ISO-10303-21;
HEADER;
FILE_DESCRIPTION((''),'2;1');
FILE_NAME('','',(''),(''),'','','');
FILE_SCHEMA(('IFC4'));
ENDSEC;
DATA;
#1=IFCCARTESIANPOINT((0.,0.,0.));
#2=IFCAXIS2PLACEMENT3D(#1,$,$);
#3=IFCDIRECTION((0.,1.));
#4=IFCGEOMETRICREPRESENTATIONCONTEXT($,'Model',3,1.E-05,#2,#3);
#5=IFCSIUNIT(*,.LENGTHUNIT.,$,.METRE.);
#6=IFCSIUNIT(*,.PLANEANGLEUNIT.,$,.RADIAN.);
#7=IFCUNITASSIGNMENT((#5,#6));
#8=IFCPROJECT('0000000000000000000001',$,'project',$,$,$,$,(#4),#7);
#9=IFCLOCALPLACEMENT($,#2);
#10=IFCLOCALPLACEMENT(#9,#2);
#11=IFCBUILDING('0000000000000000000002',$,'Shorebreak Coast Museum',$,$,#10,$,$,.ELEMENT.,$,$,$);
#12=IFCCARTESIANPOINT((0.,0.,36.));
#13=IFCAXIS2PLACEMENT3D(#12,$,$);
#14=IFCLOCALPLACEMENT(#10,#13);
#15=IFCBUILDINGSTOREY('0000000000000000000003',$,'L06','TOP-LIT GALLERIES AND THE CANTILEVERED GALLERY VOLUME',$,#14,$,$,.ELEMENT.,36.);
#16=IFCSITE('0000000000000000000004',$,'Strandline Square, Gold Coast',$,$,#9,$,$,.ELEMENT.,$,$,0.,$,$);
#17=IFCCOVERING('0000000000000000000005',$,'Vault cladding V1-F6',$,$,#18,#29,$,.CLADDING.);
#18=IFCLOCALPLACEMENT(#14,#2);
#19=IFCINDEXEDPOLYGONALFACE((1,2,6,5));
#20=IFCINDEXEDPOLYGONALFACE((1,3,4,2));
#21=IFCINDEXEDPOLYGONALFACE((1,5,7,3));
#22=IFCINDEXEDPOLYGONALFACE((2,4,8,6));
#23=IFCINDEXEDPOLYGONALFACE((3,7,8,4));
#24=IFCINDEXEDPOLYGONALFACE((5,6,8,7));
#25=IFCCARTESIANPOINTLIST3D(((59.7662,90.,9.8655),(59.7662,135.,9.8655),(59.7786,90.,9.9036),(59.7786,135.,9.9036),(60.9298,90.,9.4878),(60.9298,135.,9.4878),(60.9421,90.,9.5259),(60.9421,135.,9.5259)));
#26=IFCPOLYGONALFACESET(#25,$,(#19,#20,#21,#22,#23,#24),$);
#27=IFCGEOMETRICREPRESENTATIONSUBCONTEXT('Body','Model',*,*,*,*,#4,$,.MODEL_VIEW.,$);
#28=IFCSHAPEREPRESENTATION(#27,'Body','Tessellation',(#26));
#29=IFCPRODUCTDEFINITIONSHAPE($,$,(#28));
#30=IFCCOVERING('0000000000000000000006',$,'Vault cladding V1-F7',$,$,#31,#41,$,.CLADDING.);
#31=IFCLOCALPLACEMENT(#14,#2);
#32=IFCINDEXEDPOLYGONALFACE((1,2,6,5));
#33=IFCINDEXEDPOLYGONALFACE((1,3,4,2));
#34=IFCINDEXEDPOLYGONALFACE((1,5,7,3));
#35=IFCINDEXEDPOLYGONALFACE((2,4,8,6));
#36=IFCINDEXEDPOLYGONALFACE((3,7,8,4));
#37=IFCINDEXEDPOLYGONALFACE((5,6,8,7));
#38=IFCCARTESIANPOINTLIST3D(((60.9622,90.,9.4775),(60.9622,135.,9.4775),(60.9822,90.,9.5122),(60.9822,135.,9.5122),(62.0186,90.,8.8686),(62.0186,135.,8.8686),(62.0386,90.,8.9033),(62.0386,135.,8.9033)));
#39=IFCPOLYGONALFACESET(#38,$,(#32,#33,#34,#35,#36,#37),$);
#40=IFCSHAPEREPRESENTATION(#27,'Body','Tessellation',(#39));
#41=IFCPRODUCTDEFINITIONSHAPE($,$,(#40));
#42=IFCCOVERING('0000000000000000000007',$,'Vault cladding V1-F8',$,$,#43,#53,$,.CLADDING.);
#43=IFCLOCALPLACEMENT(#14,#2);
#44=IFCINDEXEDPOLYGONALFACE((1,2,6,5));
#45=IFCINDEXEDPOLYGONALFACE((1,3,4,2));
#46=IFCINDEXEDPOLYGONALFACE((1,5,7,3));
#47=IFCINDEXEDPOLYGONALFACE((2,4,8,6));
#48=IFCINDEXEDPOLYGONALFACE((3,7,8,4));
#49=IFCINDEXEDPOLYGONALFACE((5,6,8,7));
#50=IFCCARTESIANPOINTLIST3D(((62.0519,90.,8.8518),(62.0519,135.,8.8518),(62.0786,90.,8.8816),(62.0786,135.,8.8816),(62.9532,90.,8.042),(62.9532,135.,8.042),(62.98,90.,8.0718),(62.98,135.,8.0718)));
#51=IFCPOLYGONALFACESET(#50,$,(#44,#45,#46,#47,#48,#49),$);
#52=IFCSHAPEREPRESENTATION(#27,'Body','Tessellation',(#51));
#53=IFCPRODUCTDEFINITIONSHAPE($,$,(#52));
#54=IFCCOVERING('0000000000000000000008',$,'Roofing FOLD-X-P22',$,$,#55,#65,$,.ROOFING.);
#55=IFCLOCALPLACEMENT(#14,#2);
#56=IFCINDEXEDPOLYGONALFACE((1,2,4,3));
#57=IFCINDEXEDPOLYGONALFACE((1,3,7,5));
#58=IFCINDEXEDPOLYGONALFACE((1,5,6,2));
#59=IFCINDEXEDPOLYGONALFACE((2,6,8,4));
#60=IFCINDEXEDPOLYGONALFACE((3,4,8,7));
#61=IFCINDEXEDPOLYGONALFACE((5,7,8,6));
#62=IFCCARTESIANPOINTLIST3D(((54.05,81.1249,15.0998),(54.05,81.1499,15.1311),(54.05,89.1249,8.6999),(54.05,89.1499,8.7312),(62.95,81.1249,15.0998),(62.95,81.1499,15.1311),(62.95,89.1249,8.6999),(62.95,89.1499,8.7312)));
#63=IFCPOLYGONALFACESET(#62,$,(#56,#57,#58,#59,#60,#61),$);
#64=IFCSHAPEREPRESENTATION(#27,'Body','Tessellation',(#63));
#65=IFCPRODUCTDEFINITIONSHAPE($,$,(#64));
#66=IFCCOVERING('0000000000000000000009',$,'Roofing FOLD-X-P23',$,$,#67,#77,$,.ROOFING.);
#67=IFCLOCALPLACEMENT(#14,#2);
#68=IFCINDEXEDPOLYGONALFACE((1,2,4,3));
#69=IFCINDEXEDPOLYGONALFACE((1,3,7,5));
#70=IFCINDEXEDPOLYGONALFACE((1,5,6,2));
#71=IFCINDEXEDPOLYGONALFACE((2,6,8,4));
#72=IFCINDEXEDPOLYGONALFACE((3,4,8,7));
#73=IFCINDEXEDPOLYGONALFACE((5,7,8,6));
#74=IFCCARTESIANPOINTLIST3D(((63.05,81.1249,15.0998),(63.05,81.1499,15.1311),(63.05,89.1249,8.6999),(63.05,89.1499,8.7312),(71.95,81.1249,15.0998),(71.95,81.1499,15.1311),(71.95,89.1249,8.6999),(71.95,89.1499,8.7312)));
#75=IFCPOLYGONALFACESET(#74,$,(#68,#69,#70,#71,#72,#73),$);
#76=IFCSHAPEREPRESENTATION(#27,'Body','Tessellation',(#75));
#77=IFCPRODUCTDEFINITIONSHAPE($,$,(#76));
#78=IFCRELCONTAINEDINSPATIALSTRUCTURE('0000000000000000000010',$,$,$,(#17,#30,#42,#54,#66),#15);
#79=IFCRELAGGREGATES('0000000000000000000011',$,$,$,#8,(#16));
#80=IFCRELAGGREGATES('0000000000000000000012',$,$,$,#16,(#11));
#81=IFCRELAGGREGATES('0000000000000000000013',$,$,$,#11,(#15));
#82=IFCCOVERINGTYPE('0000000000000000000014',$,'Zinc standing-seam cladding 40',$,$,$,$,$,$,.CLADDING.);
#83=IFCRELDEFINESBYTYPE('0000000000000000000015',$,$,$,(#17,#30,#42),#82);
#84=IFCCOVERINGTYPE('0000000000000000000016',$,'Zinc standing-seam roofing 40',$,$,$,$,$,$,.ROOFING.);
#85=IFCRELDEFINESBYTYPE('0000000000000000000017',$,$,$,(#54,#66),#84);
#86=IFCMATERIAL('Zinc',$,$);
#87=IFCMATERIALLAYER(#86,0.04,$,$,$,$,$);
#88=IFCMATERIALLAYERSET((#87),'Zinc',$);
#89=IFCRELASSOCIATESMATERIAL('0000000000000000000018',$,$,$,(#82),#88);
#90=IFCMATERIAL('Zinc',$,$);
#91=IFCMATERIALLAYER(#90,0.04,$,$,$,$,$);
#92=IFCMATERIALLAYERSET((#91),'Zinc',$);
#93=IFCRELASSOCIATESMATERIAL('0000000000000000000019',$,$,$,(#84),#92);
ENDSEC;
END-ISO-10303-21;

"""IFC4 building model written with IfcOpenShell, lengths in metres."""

from ifc_helpers import new_model, si_unit, direction, frame, origin, place, context, subcontext, project, spatial, polyline, outline, extrude, material, layer, layer_set, type_object, element, save


model = new_model("IFC4")

# Units and contexts
model_context = context("Model", 3, precision=1e-05, world=origin(), true_north=direction((0.0, 1.0)))
body_context = subcontext(model_context, "Body", "Model", "MODEL_VIEW")
ifc_project = project(units=[si_unit("LENGTHUNIT", "METRE"), si_unit("PLANEANGLEUNIT", "RADIAN")], contexts=[model_context])

# Site, building, storey
site_placement = place(None, origin())
site = spatial("IfcSite", under=ifc_project, at=site_placement, Name="Strandline Square, Gold Coast", CompositionType="ELEMENT", RefElevation=0.0)
building_placement = place(site_placement, origin())
building = spatial("IfcBuilding", under=site, at=building_placement, Name="Shorebreak Coast Museum", CompositionType="ELEMENT")
storey_placement = place(building_placement, frame((0.0, 0.0, 36.0)))
storey = spatial("IfcBuildingStorey", under=building, at=storey_placement, Name="L06", Description="TOP-LIT GALLERIES AND THE CANTILEVERED GALLERY VOLUME", CompositionType="ELEMENT", Elevation=36.0)

# Coverings
ifc_material_1 = material(Name="Zinc")
ifc_layer_1 = layer(ifc_material_1, 0.04)
ifc_layer_set_1 = layer_set([ifc_layer_1], Name="Zinc")
covering_type_1 = type_object("IfcCoveringType", Name="Zinc standing-seam cladding 40", PredefinedType="CLADDING", material=ifc_layer_set_1)
covering_1_placement = place(storey_placement, frame((59.7786, 90.0, 9.9036), z_axis=(0.308734, 0.0, 0.951148), x_axis=(0.951148, 0.0, -0.308734)))
element("IfcCovering", 1, at=covering_1_placement, inside=storey, type_object=covering_type_1, Name="Vault cladding V1-F6", PredefinedType="CLADDING", context=body_context, shape_type="SweptSolid", body=[
    extrude(outline(polyline([(0.0, 0.0), (1.2233, 0.0), (1.2233, 45.0), (0.0, 45.0), (0.0, 0.0)])), origin(), (0.0, 0.0, -1.0), 0.04),
])
covering_2_placement = place(storey_placement, frame((60.9822, 90.0, 9.5122), z_axis=(0.49937, 0.0, 0.866389), x_axis=(0.866389, 0.0, -0.49937)))
element("IfcCovering", 2, at=covering_2_placement, inside=storey, type_object=covering_type_1, Name="Vault cladding V1-F7", PredefinedType="CLADDING", context=body_context, shape_type="SweptSolid", body=[
    extrude(outline(polyline([(0.0, 0.0), (1.2193, 0.0), (1.2193, 45.0), (0.0, 45.0), (0.0, 0.0)])), origin(), (0.0, 0.0, -1.0), 0.04),
])
covering_3_placement = place(storey_placement, frame((62.0786, 90.0, 8.8816), z_axis=(0.668319, 0.0, 0.743875), x_axis=(0.743875, 0.0, -0.668319)))
element("IfcCovering", 3, at=covering_3_placement, inside=storey, type_object=covering_type_1, Name="Vault cladding V1-F8", PredefinedType="CLADDING", context=body_context, shape_type="SweptSolid", body=[
    extrude(outline(polyline([(0.0, 0.0), (1.2117, 0.0), (1.2117, 45.0), (0.0, 45.0), (0.0, 0.0)])), origin(), (0.0, 0.0, -1.0), 0.04),
])
ifc_material_2 = material(Name="Zinc")
ifc_layer_2 = layer(ifc_material_2, 0.04)
ifc_layer_set_2 = layer_set([ifc_layer_2], Name="Zinc")
covering_type_2 = type_object("IfcCoveringType", Name="Zinc standing-seam roofing 40", PredefinedType="ROOFING", material=ifc_layer_set_2)
for number, where, z_axis, x_axis, name in (
    (4, (54.05, 81.1499, 15.1311), (0.0, 0.624689, 0.780873), (1.0, 0.0, 0.0), "Roofing FOLD-X-P22"),
    (5, (63.05, 81.1499, 15.1311), (0.0, 0.624689, 0.780873), (1.0, 0.0, 0.0), "Roofing FOLD-X-P23"),
):
    element("IfcCovering", number, at=place(storey_placement, frame(where, z_axis=z_axis, x_axis=x_axis)), inside=storey, type_object=covering_type_2, Name=name, PredefinedType="ROOFING", context=body_context, shape_type="SweptSolid", body=[
        extrude(outline(polyline([(0.0, 0.0), (8.8999, 0.0), (8.8999, 10.2449), (0.0, 10.2449), (0.0, 0.0)])), origin(), (0.0, 0.0, -1.0), 0.04),
    ])

save(model, "model.ifc")
